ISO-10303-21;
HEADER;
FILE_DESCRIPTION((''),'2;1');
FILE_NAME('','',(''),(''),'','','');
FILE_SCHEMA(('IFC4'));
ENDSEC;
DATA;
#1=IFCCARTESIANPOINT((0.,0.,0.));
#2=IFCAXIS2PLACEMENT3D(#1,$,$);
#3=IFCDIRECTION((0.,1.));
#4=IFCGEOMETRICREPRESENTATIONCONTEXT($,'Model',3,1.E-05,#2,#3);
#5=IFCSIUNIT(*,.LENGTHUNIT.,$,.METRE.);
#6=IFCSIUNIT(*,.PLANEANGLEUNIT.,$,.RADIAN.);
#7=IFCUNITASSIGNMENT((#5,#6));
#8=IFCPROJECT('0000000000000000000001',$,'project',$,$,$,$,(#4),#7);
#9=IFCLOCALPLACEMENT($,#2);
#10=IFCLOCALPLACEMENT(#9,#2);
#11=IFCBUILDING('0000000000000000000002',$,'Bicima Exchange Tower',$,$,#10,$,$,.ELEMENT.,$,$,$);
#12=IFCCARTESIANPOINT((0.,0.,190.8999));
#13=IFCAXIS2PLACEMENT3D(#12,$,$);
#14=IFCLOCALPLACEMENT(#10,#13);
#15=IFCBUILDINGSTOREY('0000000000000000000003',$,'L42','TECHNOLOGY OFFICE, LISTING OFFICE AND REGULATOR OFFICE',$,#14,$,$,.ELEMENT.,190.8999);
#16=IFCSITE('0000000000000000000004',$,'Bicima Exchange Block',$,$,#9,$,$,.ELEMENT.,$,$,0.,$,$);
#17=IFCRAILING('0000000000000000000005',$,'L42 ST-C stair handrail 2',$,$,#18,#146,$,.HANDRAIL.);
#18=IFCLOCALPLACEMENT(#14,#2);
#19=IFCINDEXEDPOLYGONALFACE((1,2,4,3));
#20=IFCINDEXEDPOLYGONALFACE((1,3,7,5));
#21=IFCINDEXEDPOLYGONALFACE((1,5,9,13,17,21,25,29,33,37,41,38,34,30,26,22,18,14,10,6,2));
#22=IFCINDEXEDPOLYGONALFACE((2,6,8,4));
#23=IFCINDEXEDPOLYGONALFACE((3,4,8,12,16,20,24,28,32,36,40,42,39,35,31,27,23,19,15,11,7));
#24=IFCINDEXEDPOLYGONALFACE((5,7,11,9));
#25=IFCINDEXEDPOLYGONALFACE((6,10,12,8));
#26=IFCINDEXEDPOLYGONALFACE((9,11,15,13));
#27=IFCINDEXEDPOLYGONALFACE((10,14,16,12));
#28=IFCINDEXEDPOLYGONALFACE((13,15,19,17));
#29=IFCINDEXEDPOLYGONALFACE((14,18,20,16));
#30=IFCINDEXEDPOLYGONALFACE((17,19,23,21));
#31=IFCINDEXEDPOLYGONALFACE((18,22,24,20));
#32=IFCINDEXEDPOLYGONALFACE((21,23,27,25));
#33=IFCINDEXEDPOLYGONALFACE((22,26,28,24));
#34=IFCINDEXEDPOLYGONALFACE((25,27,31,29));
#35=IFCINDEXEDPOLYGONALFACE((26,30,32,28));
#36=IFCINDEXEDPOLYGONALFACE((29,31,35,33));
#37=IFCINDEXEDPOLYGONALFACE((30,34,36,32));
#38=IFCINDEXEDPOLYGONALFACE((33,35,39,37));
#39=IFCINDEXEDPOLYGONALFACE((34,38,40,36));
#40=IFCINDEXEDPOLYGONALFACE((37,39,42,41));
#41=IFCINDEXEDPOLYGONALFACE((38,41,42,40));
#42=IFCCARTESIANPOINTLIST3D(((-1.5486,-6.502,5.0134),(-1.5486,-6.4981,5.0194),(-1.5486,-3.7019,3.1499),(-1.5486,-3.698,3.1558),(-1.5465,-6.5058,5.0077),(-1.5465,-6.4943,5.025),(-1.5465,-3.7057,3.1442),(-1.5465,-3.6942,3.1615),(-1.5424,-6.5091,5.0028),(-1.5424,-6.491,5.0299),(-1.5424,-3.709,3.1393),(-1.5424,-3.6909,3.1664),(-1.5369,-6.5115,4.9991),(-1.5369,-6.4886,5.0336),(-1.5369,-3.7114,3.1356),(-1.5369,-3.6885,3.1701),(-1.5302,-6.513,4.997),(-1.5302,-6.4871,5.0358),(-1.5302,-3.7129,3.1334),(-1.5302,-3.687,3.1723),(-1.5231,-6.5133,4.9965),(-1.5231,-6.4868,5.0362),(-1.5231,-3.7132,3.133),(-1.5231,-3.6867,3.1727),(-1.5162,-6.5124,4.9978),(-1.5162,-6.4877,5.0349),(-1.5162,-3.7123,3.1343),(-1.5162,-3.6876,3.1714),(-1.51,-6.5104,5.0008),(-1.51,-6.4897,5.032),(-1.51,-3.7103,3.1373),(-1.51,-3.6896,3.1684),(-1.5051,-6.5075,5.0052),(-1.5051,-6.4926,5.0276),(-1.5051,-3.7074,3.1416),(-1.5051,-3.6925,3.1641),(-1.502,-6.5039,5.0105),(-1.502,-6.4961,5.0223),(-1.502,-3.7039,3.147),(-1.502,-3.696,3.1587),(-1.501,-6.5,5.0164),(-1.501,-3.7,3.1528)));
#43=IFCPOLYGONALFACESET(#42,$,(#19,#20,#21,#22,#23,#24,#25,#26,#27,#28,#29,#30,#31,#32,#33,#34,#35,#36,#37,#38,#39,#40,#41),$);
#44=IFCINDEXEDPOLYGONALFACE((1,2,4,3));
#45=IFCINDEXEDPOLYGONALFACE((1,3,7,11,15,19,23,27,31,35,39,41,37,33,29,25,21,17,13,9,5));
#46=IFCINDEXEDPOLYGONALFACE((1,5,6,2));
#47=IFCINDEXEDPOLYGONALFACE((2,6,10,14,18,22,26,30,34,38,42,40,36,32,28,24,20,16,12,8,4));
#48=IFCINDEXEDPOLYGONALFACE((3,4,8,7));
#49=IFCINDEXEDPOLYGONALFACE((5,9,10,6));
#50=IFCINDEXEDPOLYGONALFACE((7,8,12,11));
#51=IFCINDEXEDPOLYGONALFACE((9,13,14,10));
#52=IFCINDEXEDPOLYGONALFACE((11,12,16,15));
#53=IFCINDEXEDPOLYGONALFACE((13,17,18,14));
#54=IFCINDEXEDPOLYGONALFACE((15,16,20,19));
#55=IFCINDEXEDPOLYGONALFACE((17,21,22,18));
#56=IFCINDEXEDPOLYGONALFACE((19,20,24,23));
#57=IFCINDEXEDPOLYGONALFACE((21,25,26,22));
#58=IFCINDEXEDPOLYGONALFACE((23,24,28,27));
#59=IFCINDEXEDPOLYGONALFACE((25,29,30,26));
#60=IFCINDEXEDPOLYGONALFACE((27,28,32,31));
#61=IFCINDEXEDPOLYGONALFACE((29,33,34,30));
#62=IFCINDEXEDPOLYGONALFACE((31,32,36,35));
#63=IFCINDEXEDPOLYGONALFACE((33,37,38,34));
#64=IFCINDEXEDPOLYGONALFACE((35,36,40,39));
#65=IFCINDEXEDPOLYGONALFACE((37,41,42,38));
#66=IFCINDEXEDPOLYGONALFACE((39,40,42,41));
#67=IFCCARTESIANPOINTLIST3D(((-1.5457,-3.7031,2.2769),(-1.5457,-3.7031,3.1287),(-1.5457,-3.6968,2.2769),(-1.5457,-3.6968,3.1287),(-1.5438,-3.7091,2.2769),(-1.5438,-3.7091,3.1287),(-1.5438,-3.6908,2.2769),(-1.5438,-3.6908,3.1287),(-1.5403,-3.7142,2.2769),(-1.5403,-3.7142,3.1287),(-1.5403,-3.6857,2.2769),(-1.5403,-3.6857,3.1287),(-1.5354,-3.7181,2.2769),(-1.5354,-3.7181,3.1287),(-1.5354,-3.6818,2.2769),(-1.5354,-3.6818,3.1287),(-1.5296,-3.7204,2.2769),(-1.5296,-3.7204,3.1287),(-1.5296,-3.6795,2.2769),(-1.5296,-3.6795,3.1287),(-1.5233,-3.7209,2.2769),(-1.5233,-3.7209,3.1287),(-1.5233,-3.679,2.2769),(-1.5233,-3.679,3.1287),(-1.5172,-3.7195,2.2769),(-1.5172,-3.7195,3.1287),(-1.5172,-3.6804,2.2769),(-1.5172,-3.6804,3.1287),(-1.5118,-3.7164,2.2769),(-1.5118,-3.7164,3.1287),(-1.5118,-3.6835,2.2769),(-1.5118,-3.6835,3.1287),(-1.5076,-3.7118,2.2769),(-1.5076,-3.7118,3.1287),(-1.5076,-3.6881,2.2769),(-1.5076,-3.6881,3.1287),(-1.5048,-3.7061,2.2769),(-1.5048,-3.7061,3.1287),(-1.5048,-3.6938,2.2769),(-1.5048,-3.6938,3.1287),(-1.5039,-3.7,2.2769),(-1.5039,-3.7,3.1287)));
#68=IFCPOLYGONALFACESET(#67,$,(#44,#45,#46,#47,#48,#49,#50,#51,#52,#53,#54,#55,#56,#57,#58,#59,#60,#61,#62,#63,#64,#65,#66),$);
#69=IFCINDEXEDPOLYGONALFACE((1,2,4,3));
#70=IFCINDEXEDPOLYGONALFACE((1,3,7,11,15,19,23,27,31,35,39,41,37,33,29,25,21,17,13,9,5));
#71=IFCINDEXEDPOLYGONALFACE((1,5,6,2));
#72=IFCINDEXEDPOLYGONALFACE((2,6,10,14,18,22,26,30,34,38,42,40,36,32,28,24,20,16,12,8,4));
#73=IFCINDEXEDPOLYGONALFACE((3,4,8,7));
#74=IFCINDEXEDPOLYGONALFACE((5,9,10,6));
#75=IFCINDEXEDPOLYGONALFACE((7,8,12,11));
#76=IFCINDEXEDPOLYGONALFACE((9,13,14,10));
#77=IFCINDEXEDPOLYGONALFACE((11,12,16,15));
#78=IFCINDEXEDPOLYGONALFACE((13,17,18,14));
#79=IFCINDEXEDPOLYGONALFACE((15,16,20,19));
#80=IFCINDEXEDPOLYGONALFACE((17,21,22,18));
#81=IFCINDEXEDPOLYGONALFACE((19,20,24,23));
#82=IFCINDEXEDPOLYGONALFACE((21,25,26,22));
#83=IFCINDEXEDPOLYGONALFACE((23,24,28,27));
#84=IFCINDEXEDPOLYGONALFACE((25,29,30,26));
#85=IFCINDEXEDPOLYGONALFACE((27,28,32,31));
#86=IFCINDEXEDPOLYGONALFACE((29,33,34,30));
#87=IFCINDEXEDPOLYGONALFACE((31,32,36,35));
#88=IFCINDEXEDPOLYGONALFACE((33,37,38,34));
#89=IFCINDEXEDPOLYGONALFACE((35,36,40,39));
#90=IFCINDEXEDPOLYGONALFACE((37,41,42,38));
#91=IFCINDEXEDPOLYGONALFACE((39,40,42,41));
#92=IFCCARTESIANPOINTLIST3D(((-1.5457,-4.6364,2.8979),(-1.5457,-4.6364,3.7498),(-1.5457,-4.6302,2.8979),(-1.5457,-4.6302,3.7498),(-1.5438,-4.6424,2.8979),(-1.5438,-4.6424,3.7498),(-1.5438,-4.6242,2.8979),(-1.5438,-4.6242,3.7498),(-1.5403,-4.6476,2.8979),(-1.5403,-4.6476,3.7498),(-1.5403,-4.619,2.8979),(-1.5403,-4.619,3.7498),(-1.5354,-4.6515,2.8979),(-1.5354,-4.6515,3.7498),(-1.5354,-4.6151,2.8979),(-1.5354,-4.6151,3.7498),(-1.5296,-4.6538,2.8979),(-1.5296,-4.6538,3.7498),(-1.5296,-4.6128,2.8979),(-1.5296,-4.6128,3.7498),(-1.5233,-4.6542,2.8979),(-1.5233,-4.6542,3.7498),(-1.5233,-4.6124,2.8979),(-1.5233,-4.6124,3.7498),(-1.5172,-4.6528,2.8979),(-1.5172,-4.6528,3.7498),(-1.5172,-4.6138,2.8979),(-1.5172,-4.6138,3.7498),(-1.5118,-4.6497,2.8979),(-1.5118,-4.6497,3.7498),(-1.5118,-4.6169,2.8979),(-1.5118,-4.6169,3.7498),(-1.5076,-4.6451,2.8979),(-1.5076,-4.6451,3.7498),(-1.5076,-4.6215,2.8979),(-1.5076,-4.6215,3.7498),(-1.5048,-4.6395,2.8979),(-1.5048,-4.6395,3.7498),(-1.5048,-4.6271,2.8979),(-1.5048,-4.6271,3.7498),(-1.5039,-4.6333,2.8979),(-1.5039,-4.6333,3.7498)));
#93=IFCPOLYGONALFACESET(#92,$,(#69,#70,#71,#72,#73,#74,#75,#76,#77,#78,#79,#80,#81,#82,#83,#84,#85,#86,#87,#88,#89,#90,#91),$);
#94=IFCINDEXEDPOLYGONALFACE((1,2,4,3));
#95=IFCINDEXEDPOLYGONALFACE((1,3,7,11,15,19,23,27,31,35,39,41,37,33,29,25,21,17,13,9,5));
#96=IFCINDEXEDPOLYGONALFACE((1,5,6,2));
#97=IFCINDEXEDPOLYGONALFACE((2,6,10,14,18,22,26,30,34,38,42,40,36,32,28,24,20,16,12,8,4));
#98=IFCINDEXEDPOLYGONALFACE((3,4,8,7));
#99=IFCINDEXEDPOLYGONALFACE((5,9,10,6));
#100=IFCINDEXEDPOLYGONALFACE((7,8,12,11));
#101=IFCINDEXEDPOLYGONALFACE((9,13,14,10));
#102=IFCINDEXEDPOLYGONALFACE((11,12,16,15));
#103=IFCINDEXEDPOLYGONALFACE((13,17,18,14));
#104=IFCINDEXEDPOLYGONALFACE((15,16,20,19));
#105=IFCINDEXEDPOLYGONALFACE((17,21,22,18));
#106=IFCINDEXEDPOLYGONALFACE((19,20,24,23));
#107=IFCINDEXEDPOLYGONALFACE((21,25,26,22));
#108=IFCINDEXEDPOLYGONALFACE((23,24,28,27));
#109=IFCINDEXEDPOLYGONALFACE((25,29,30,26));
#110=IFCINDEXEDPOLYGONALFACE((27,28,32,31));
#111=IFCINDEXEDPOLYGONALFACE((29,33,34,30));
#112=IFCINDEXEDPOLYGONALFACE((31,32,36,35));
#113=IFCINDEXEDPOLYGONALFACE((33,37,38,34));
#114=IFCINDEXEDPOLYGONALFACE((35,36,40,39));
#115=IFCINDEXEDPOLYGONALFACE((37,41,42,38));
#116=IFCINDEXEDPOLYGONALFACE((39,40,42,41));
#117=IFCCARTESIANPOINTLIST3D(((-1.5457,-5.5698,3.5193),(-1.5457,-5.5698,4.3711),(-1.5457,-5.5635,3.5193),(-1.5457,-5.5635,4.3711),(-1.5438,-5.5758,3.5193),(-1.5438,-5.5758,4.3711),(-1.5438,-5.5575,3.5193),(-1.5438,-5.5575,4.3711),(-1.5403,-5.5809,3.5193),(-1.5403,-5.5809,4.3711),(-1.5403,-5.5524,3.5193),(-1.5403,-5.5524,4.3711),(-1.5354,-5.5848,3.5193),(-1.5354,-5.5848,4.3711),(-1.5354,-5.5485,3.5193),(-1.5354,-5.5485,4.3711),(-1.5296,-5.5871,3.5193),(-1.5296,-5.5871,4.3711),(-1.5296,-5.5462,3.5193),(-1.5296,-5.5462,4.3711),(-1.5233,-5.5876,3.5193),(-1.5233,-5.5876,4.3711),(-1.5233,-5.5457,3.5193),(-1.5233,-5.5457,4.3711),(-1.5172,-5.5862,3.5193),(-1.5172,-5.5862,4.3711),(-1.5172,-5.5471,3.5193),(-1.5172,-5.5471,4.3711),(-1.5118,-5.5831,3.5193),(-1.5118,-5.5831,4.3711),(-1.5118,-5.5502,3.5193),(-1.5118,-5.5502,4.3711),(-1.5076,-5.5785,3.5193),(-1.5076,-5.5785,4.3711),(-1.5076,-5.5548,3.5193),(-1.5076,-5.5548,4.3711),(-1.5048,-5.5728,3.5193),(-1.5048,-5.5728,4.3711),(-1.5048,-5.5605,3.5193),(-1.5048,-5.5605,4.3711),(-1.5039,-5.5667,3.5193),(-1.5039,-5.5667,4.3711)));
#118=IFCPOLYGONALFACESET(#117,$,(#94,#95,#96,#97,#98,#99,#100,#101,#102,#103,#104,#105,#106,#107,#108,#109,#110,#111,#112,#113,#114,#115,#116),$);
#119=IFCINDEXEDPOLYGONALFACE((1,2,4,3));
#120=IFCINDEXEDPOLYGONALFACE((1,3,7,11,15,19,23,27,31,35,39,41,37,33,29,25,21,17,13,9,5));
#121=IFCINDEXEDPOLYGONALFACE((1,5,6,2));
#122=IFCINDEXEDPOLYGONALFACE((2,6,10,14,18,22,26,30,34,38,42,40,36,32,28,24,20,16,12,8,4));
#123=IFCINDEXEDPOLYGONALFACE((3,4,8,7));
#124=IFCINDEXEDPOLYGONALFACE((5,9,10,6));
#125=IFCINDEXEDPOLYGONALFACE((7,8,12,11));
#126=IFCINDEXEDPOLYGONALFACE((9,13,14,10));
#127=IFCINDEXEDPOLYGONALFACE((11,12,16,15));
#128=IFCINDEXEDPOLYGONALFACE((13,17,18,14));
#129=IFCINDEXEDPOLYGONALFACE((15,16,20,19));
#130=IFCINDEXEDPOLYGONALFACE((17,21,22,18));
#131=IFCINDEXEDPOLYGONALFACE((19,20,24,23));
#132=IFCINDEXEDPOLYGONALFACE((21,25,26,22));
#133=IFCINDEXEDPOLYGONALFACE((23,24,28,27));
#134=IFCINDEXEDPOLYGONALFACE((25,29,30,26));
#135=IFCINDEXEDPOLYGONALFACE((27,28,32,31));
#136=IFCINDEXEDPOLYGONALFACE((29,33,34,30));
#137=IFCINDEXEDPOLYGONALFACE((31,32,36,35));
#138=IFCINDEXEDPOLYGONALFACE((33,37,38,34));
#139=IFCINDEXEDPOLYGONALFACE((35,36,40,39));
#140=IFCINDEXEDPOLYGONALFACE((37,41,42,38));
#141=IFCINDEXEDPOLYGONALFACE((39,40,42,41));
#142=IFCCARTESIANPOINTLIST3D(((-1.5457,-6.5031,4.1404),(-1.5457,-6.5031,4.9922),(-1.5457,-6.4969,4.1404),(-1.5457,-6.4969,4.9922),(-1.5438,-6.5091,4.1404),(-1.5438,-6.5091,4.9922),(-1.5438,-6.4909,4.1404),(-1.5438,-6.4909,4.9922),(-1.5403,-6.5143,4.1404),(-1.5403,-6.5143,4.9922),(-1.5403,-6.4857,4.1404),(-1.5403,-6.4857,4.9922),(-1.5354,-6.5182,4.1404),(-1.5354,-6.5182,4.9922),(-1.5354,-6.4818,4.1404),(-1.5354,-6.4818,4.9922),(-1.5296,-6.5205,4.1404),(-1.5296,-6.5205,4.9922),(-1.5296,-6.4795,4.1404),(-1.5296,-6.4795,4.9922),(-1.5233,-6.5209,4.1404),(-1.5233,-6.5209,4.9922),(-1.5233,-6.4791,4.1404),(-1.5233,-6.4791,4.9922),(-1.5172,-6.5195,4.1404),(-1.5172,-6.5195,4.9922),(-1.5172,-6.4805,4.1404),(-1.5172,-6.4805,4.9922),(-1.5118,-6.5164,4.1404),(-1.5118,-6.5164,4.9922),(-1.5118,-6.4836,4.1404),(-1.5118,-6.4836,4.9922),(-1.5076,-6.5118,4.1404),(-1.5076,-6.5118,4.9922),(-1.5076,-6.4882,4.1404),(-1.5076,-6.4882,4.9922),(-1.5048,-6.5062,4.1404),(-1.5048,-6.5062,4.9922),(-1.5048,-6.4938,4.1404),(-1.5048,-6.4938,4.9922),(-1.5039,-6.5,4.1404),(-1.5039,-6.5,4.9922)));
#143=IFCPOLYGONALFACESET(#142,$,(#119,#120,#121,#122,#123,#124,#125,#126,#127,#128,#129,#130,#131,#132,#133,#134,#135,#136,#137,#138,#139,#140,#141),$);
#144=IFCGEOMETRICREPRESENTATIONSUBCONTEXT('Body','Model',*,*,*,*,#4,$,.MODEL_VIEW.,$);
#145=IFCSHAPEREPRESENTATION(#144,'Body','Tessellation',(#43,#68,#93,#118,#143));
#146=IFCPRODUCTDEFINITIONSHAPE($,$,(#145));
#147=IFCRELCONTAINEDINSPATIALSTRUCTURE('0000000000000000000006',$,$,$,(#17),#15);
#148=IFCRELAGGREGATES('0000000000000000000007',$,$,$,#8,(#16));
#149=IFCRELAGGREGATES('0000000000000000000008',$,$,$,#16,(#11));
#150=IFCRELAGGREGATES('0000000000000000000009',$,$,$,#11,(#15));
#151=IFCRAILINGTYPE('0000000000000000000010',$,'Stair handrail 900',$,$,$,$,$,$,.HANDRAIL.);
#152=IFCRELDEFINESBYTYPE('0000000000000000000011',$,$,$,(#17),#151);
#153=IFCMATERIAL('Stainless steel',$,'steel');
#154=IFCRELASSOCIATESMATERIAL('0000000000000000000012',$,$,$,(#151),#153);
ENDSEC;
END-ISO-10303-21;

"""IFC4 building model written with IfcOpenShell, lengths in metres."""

from ifc_helpers import new_model, si_unit, direction, frame, origin, origin_2d, place, context, subcontext, project, spatial, circle, extrude, material, type_object, element, save


model = new_model("IFC4")

# Units and contexts
model_context = context("Model", 3, precision=1e-05, world=origin(), true_north=direction((0.0, 1.0)))
body_context = subcontext(model_context, "Body", "Model", "MODEL_VIEW")
ifc_project = project(units=[si_unit("LENGTHUNIT", "METRE"), si_unit("PLANEANGLEUNIT", "RADIAN")], contexts=[model_context])

# Site, building, storey
site_placement = place(None, origin())
site = spatial("IfcSite", under=ifc_project, at=site_placement, Name="Bicima Exchange Block", CompositionType="ELEMENT", RefElevation=0.0)
building_placement = place(site_placement, origin())
building = spatial("IfcBuilding", under=site, at=building_placement, Name="Bicima Exchange Tower", CompositionType="ELEMENT")
storey_placement = place(building_placement, frame((0.0, 0.0, 190.8999)))
storey = spatial("IfcBuildingStorey", under=building, at=storey_placement, Name="L42", Description="TECHNOLOGY OFFICE, LISTING OFFICE AND REGULATOR OFFICE", CompositionType="ELEMENT", Elevation=190.8999)

# Railing
ifc_material_1 = material(Name="Stainless steel", Category="steel")
railing_type = type_object("IfcRailingType", Name="Stair handrail 900", PredefinedType="HANDRAIL", material=ifc_material_1)
railing_placement = place(storey_placement, frame((-1.5249, -3.7, 2.2769)))
element("IfcRailing", 1, at=railing_placement, inside=storey, type_object=railing_type, Name="L42 ST-C stair handrail 2", PredefinedType="HANDRAIL", context=body_context, shape_type="SweptSolid", body=[
    extrude(circle(Radius=0.0239, at=origin_2d()), frame((0.0, 0.0, 0.876), z_axis=(0.0, -0.832486, 0.554047), x_axis=(1.0, 0.0, 0.0)), (0.0, 0.0, 1.0), 3.3635),
    extrude(circle(Radius=0.021, at=origin_2d()), origin(), (0.0, 0.0, 1.0), 0.8518),
    extrude(circle(Radius=0.021, at=origin_2d()), frame((0.0, -0.9333, 0.6211)), (0.0, 0.0, 1.0), 0.8518),
    extrude(circle(Radius=0.021, at=origin_2d()), frame((0.0, -1.8667, 1.2424)), (0.0, 0.0, 1.0), 0.8518),
    extrude(circle(Radius=0.021, at=origin_2d()), frame((0.0, -2.8, 1.8635)), (0.0, 0.0, 1.0), 0.8518),
])

save(model, "model.ifc")
